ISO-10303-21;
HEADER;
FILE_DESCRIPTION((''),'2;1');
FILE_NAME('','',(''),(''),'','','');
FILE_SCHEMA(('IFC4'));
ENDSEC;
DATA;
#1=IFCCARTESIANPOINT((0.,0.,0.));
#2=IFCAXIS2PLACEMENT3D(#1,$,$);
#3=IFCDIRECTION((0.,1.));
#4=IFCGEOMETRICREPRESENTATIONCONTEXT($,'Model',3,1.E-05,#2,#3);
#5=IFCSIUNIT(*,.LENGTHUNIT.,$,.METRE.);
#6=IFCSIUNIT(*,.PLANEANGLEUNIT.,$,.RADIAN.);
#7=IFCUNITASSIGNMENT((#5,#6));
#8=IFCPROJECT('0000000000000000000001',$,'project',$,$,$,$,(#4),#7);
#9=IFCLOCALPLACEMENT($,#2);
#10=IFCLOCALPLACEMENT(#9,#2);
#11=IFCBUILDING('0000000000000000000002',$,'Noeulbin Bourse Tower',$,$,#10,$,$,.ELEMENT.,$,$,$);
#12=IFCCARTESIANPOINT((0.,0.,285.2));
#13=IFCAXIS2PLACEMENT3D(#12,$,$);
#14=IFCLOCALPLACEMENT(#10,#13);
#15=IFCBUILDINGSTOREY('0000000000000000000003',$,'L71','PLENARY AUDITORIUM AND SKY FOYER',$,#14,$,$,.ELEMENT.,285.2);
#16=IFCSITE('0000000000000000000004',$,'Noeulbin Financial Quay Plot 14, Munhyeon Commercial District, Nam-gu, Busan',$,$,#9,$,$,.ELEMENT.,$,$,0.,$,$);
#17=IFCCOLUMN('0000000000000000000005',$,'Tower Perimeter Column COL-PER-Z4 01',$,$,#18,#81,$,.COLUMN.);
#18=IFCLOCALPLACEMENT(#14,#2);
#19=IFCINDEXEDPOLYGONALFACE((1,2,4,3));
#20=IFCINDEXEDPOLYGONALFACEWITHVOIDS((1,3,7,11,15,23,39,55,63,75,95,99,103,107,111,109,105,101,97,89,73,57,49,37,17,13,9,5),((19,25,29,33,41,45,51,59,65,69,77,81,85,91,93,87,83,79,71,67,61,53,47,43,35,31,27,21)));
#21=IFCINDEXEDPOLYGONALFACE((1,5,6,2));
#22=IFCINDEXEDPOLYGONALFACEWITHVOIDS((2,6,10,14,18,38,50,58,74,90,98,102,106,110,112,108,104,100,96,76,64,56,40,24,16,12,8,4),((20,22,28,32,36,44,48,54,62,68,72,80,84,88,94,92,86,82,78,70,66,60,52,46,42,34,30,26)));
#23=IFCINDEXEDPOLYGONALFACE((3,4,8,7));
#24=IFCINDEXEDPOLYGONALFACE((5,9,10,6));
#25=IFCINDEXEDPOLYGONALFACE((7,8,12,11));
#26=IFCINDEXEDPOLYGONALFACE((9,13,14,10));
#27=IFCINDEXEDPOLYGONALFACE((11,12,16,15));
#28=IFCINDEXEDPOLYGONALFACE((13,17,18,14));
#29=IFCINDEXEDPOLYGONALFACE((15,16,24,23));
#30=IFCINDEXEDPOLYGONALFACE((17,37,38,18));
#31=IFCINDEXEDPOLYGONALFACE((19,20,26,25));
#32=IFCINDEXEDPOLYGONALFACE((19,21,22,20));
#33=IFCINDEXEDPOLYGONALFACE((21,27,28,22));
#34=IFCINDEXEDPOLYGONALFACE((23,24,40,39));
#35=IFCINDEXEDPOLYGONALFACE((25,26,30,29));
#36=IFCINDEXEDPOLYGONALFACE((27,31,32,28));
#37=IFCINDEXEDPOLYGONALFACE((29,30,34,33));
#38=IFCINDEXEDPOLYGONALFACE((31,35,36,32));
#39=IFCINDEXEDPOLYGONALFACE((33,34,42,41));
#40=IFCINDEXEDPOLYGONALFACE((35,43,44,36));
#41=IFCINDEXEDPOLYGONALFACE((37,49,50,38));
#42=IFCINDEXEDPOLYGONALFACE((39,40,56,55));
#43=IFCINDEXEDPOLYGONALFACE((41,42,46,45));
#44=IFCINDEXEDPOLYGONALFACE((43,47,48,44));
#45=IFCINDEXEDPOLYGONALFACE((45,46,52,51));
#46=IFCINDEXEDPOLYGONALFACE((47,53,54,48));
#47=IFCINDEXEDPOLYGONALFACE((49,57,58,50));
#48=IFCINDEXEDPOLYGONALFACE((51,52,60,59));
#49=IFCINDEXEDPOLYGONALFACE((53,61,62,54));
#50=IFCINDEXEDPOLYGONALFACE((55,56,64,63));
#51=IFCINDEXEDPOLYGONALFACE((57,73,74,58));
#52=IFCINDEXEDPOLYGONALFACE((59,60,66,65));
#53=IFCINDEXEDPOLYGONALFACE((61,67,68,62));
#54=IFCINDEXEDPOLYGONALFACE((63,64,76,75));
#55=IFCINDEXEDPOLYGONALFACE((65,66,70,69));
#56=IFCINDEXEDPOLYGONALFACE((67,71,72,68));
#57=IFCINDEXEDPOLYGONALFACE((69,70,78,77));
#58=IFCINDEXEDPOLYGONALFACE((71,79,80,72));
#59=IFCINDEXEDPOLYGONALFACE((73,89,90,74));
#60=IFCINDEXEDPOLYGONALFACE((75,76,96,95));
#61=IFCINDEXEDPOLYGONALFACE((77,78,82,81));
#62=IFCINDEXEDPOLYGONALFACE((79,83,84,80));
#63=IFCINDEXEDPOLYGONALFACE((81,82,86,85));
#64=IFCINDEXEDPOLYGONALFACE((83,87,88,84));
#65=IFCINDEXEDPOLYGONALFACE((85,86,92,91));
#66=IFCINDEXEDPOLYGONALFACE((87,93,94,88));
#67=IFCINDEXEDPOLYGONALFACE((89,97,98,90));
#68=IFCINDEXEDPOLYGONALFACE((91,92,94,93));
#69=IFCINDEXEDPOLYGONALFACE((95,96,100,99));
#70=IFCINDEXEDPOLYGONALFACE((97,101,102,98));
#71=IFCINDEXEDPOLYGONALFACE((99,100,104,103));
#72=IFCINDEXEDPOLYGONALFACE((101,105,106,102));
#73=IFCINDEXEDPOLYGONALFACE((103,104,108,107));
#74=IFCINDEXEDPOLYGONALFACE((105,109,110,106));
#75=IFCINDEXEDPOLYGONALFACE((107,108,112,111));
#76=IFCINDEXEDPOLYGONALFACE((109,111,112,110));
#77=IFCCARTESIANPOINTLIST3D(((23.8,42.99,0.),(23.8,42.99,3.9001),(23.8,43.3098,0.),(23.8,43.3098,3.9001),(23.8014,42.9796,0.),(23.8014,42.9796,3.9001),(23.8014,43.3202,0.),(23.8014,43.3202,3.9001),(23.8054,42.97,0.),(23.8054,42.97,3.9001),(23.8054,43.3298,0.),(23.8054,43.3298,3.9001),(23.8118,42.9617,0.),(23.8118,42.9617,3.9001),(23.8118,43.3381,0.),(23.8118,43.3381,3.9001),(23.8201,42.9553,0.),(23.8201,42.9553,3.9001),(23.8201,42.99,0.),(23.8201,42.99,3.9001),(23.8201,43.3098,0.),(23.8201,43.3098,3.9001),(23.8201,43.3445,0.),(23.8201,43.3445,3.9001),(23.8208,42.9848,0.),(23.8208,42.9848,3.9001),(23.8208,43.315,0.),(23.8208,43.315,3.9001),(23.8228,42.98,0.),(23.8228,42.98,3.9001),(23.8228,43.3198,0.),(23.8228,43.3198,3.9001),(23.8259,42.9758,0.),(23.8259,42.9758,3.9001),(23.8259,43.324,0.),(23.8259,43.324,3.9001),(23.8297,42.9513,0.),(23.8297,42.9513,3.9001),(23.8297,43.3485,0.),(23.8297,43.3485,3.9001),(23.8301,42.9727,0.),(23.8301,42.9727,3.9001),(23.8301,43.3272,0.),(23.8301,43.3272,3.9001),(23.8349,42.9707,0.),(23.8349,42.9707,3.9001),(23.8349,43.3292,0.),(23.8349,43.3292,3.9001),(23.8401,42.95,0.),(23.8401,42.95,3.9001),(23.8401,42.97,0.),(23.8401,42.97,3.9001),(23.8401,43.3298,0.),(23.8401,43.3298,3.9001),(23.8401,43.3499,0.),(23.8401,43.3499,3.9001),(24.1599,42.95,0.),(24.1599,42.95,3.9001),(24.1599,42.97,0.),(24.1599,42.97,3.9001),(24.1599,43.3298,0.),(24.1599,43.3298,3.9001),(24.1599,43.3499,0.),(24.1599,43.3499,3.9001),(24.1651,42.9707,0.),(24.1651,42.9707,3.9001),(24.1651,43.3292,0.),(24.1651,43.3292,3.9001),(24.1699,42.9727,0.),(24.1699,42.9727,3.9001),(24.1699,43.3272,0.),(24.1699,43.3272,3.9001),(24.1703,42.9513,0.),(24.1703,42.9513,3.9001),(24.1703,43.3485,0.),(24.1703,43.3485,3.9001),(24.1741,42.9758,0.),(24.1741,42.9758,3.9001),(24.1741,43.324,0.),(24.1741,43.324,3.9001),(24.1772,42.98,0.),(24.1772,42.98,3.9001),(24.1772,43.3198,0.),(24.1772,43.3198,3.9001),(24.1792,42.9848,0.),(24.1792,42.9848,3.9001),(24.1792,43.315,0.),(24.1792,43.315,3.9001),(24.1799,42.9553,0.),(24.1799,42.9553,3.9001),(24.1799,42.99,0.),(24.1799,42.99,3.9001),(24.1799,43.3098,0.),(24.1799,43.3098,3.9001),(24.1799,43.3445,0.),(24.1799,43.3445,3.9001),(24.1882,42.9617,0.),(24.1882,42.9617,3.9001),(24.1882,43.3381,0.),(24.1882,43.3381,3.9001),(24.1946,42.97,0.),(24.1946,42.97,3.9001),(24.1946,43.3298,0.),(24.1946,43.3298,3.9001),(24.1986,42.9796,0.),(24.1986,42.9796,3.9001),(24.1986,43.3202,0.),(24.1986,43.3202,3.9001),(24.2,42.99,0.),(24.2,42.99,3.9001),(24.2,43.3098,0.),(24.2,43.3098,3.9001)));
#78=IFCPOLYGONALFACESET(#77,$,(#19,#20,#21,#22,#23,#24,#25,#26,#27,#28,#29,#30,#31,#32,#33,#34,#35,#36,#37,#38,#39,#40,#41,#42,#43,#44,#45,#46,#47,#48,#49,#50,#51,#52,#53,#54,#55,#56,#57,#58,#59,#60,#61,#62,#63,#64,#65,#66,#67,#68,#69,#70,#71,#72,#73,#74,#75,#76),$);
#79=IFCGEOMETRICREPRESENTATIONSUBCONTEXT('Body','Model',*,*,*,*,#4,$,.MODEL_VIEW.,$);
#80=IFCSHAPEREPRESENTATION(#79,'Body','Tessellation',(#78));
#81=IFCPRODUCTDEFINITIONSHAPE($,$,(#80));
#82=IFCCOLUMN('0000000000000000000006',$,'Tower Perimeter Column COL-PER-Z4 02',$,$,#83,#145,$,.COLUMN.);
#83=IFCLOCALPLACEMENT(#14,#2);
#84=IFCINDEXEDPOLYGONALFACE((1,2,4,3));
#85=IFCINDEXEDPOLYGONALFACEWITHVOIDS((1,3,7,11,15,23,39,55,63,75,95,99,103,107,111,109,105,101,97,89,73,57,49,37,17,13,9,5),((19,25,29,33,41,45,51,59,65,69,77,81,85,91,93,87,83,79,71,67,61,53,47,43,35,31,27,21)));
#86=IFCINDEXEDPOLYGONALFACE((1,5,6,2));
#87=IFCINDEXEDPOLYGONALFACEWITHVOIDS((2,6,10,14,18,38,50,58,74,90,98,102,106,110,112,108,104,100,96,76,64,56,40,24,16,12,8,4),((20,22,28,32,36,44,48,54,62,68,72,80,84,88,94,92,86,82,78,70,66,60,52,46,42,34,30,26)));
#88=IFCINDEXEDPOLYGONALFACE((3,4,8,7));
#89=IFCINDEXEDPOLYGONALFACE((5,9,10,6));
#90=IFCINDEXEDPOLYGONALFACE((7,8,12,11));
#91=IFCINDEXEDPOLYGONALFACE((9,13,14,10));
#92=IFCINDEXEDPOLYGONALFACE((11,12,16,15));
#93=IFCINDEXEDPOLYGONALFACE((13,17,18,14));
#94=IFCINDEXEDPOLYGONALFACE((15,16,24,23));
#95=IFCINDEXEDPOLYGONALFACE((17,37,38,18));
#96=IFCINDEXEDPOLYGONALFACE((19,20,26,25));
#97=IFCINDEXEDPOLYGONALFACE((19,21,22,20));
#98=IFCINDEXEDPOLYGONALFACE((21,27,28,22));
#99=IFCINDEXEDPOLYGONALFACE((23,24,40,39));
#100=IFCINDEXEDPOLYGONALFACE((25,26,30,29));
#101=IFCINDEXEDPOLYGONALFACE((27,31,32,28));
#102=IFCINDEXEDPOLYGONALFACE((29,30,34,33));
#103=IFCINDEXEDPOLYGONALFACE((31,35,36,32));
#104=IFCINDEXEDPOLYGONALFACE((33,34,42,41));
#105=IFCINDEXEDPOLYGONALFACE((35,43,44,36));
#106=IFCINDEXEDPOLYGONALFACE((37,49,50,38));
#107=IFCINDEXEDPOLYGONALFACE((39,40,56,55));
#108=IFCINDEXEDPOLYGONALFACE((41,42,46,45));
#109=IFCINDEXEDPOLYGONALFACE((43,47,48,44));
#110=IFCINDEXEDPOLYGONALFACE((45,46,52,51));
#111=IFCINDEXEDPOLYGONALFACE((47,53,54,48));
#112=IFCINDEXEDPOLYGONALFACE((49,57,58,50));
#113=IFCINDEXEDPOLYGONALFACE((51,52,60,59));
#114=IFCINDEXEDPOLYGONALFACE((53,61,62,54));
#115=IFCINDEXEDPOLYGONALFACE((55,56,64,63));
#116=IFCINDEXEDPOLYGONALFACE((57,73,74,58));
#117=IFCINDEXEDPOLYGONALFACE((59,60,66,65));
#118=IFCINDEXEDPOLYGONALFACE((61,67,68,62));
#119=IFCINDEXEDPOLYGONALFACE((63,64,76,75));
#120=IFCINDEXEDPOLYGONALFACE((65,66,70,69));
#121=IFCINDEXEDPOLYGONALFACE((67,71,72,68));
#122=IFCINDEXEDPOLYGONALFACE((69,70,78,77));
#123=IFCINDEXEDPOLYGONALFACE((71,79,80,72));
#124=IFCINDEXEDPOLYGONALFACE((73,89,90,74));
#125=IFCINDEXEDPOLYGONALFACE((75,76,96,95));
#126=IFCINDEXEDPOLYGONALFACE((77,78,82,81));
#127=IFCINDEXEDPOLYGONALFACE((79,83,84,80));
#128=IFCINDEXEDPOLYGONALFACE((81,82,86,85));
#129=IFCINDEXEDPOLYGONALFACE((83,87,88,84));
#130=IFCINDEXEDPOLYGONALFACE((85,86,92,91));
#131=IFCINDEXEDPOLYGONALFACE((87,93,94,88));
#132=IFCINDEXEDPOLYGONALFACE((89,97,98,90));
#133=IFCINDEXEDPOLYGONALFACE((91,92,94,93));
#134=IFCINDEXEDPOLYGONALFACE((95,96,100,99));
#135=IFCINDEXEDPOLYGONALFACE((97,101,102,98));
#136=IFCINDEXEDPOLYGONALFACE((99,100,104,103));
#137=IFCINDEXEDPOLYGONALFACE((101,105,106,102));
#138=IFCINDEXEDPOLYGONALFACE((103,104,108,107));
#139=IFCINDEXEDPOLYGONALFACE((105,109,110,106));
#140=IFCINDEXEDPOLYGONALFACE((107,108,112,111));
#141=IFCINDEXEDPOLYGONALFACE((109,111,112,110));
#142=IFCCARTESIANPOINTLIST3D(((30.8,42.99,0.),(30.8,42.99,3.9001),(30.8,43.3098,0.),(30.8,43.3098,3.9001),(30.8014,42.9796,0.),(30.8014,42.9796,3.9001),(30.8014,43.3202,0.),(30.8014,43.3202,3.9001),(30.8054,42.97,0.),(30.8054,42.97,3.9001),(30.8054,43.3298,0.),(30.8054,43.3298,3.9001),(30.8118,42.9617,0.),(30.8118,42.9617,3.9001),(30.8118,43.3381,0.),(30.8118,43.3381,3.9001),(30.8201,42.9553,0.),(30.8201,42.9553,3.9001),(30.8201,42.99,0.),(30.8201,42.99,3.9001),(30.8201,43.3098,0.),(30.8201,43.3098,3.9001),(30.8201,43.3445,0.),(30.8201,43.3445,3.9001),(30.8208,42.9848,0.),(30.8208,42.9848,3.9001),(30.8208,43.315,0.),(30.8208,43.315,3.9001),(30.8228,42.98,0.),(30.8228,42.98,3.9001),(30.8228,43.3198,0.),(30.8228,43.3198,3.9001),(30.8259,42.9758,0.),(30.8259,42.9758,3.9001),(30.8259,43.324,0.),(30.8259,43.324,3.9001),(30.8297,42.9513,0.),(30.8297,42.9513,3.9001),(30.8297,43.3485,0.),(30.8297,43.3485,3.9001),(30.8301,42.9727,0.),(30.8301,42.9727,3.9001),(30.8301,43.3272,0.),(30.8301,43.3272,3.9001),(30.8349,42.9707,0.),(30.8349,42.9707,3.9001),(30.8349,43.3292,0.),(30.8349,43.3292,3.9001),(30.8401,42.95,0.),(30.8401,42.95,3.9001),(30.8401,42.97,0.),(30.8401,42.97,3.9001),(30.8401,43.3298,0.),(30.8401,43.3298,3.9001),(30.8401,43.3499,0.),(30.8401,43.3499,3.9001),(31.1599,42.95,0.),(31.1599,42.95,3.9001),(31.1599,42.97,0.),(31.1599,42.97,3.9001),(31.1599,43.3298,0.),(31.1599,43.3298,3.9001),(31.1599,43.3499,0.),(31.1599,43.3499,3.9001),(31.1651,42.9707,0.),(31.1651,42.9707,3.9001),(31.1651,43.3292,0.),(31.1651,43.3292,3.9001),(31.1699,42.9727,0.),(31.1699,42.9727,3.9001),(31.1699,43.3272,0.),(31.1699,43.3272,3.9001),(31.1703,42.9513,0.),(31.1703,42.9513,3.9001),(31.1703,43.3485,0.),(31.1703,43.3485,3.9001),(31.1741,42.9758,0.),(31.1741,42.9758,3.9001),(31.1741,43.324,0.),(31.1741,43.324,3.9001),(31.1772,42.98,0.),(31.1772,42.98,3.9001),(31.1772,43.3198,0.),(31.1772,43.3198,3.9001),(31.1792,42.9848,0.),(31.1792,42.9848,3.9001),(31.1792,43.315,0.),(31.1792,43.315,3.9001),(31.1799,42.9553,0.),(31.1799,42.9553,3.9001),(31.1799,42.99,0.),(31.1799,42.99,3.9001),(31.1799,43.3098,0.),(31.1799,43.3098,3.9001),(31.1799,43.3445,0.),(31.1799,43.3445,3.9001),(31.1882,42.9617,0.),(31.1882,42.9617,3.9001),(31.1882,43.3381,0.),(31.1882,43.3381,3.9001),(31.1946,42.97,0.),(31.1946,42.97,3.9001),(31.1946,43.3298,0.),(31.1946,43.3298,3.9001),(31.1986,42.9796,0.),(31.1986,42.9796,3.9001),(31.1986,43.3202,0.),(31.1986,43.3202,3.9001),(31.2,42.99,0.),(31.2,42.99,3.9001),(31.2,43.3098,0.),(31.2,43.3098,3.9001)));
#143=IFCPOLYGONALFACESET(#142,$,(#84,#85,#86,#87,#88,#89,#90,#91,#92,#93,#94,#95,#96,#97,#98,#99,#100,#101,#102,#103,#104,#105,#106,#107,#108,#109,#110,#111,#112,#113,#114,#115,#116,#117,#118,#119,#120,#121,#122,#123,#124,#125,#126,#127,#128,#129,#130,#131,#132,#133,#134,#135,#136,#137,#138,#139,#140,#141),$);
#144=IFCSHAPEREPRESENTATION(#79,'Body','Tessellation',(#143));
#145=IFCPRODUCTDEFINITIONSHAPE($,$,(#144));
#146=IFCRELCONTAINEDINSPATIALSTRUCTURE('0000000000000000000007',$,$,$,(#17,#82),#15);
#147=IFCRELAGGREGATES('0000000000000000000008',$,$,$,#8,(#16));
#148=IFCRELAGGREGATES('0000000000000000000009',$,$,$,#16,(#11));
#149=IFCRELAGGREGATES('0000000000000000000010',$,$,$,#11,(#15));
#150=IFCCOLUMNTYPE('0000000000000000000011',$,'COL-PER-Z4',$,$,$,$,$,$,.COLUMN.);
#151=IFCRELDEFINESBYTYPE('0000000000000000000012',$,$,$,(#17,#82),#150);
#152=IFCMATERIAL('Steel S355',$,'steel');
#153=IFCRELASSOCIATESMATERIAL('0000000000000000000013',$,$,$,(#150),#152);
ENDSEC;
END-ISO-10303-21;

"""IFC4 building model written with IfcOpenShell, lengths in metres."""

from ifc_helpers import new_model, si_unit, direction, frame, origin, origin_2d, place, context, subcontext, project, spatial, hollow_rectangle, extrude, material, material_profile, profile_set, type_object, element, save


model = new_model("IFC4")

# Units and contexts
model_context = context("Model", 3, precision=1e-05, world=origin(), true_north=direction((0.0, 1.0)))
body_context = subcontext(model_context, "Body", "Model", "MODEL_VIEW")
ifc_project = project(units=[si_unit("LENGTHUNIT", "METRE"), si_unit("PLANEANGLEUNIT", "RADIAN")], contexts=[model_context])

# Site, building, storey
site_placement = place(None, origin())
site = spatial("IfcSite", under=ifc_project, at=site_placement, Name="Noeulbin Financial Quay Plot 14, Munhyeon Commercial District, Nam-gu, Busan", CompositionType="ELEMENT", RefElevation=0.0)
building_placement = place(site_placement, origin())
building = spatial("IfcBuilding", under=site, at=building_placement, Name="Noeulbin Bourse Tower", CompositionType="ELEMENT")
storey_placement = place(building_placement, frame((0.0, 0.0, 285.2)))
storey = spatial("IfcBuildingStorey", under=building, at=storey_placement, Name="L71", Description="PLENARY AUDITORIUM AND SKY FOYER", CompositionType="ELEMENT", Elevation=285.2)

# Columns
ifc_material_1 = material(Name="Steel S355", Category="steel")
ifc_material_profile_1 = material_profile(ifc_material_1, hollow_rectangle(XDim=0.3999, YDim=0.3999, WallThickness=0.02, InnerFilletRadius=0.02, OuterFilletRadius=0.04, at=origin_2d()), Name="SHS-400x400x20", Category="LoadBearing")
ifc_profile_set_1 = profile_set([ifc_material_profile_1], Name="Steel S355")
column_type_1 = type_object("IfcColumnType", Name="COL-PER-Z4", PredefinedType="COLUMN", material=ifc_profile_set_1)
for number, where, z_axis, x_axis, name in (
    (1, (24.0, 43.1499, 0.0), (0.0, 0.0, 1.0), (1.0, 0.0, 0.0), "Tower Perimeter Column COL-PER-Z4 01"),
    (2, (31.0, 43.1499, 0.0), (0.0, 0.0, 1.0), (1.0, 0.0, 0.0), "Tower Perimeter Column COL-PER-Z4 02"),
):
    element("IfcColumn", number, at=place(storey_placement, frame(where, z_axis=z_axis, x_axis=x_axis)), inside=storey, type_object=column_type_1, Name=name, PredefinedType="COLUMN", context=body_context, shape_type="SweptSolid", body=[
        extrude(hollow_rectangle(XDim=0.3999, YDim=0.3999, WallThickness=0.02, InnerFilletRadius=0.02, OuterFilletRadius=0.04, at=origin_2d()), origin(), (0.0, 0.0, 1.0), 3.9001),
    ])

save(model, "model.ifc")
